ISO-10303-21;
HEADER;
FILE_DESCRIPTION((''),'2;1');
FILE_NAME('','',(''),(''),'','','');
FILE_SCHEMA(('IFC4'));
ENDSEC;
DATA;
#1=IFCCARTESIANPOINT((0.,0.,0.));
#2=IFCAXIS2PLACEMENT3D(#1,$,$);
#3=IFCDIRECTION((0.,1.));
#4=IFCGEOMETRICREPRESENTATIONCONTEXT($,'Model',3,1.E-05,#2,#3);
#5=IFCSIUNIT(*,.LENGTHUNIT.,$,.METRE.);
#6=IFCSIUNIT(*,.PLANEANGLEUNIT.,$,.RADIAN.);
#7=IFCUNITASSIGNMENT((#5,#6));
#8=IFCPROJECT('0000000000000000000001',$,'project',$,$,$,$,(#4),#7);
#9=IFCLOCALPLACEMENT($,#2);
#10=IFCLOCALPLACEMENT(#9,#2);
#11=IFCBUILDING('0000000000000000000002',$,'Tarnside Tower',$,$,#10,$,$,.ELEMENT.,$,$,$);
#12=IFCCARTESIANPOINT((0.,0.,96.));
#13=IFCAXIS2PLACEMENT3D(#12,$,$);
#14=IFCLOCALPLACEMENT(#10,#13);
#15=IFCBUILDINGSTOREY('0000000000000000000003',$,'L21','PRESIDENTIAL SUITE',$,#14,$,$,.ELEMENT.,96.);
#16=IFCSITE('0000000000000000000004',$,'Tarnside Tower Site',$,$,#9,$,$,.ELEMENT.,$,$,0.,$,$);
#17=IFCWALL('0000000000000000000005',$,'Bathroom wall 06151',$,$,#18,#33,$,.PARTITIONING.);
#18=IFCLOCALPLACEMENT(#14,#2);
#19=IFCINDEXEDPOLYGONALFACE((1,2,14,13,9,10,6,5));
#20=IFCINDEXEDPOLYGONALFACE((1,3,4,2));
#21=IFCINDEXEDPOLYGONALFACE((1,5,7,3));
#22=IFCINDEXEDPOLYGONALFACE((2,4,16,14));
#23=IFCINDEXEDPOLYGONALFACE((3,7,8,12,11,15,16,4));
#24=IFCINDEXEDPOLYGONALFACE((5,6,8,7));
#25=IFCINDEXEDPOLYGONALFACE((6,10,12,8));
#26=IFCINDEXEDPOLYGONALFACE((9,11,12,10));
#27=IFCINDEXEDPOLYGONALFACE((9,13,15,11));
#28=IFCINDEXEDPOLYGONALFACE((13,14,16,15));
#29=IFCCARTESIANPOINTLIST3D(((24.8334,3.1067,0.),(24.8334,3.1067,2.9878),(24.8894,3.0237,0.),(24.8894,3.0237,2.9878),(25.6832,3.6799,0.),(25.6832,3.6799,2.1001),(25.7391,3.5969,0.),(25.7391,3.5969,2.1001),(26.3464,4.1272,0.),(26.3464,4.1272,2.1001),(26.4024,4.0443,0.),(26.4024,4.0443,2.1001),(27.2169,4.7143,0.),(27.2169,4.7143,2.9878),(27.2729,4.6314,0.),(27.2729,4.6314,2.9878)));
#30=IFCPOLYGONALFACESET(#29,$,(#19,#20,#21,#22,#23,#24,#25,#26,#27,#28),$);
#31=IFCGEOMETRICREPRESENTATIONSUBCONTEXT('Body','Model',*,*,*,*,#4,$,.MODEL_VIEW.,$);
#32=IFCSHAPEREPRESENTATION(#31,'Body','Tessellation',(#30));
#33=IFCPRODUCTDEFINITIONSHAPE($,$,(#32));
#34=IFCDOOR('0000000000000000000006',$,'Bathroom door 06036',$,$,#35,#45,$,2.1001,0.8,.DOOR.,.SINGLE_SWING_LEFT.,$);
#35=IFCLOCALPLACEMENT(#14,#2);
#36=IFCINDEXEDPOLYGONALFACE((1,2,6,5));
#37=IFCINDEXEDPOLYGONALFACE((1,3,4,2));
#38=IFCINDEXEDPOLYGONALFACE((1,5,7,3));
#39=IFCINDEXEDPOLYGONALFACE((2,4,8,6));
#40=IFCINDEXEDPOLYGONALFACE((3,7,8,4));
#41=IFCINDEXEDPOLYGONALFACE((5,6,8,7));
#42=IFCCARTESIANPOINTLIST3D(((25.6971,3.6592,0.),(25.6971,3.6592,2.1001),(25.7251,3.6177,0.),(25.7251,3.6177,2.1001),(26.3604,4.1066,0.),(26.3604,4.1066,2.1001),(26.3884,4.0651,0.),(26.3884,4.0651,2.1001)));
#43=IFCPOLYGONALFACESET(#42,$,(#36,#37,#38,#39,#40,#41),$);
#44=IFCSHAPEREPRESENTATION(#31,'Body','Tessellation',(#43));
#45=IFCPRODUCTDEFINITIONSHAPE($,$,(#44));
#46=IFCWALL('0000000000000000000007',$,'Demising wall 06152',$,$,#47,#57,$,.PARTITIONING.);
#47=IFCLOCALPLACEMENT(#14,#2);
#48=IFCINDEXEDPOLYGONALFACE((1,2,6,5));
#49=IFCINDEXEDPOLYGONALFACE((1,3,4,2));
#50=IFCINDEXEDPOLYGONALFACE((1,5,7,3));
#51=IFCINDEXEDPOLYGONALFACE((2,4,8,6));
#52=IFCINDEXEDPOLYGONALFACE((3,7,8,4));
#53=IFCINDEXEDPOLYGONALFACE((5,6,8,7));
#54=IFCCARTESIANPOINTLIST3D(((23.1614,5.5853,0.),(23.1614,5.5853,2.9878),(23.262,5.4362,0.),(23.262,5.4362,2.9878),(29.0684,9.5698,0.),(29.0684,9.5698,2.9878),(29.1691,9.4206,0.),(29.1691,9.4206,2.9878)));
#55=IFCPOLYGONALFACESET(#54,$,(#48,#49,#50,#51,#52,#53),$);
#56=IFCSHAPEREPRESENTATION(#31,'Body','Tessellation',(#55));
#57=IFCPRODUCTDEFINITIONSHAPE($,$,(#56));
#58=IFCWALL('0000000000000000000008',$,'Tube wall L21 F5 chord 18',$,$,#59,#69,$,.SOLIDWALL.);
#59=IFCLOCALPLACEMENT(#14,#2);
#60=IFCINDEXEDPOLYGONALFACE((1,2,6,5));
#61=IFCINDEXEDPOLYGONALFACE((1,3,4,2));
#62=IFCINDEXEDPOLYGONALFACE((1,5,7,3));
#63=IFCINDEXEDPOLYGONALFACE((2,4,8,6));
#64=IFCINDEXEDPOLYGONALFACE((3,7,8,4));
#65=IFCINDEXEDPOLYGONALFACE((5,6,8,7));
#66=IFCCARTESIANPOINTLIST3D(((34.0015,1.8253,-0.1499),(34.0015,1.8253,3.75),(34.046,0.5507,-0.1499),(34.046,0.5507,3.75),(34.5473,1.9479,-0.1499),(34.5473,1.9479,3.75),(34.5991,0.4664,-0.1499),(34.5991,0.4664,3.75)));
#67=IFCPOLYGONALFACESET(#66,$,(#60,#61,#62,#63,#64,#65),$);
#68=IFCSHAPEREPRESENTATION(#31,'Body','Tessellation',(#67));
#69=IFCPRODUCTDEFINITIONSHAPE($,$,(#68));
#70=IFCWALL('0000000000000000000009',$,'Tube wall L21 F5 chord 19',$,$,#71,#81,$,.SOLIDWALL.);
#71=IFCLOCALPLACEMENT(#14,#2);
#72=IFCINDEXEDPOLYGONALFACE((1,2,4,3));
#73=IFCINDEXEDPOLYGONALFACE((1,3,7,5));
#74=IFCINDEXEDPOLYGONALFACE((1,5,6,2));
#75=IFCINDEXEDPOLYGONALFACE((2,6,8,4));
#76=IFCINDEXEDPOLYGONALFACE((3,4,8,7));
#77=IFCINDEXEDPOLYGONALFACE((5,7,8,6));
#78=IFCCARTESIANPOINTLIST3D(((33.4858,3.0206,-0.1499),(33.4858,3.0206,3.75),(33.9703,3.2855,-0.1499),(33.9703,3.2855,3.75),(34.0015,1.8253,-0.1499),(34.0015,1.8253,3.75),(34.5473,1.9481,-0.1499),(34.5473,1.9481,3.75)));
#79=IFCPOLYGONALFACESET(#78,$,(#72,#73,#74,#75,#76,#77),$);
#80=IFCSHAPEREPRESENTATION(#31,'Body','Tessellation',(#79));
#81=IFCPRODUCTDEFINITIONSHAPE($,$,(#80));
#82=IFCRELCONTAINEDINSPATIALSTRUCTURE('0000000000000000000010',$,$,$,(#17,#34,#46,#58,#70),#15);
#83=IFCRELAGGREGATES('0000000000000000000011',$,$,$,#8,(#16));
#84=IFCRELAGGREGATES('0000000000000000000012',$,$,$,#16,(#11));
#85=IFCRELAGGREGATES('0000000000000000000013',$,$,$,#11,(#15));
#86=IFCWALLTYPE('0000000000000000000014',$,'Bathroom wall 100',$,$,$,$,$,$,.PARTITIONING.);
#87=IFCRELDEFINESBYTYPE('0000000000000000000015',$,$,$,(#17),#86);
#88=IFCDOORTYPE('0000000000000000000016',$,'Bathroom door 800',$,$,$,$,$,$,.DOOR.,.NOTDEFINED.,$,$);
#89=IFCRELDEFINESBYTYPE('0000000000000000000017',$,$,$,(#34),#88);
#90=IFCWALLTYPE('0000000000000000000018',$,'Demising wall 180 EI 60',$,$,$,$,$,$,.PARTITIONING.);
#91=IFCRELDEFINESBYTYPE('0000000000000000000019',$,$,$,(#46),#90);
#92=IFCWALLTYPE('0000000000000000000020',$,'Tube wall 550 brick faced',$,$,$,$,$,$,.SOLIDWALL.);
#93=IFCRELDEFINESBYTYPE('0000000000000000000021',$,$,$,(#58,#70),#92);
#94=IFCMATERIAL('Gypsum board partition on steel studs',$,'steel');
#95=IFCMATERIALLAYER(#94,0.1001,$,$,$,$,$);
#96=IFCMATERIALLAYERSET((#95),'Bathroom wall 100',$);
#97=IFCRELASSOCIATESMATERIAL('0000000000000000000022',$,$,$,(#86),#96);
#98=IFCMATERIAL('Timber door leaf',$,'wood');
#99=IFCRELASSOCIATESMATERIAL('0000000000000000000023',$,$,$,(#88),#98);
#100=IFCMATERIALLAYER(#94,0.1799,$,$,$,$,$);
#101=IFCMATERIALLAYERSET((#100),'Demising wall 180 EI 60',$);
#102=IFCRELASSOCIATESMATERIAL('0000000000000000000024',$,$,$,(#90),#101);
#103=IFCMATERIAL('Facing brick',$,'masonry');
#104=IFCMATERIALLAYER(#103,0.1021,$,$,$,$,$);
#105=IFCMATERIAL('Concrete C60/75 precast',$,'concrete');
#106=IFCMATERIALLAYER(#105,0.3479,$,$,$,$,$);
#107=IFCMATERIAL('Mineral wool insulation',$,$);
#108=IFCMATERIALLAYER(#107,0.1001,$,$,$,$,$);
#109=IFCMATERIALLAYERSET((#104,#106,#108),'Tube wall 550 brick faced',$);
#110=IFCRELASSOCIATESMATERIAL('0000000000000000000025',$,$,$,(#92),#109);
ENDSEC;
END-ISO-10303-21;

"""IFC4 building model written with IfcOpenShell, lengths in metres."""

from ifc_helpers import new_model, si_unit, direction, frame, frame_2d, origin, place, context, subcontext, project, spatial, polyline, rectangle, outline, extrude, material, layer, layer_set, type_object, element, fill, save


model = new_model("IFC4")

# Units and contexts
model_context = context("Model", 3, precision=1e-05, world=origin(), true_north=direction((0.0, 1.0)))
body_context = subcontext(model_context, "Body", "Model", "MODEL_VIEW")
ifc_project = project(units=[si_unit("LENGTHUNIT", "METRE"), si_unit("PLANEANGLEUNIT", "RADIAN")], contexts=[model_context])

# Site, building, storey
site_placement = place(None, origin())
site = spatial("IfcSite", under=ifc_project, at=site_placement, Name="Tarnside Tower Site", CompositionType="ELEMENT", RefElevation=0.0)
building_placement = place(site_placement, origin())
building = spatial("IfcBuilding", under=site, at=building_placement, Name="Tarnside Tower", CompositionType="ELEMENT")
storey_placement = place(building_placement, frame((0.0, 0.0, 96.0)))
storey = spatial("IfcBuildingStorey", under=building, at=storey_placement, Name="L21", Description="PRESIDENTIAL SUITE", CompositionType="ELEMENT", Elevation=96.0)

# Wall, opening, door
ifc_material_1 = material(Name="Gypsum board partition on steel studs", Category="steel")
ifc_layer_1 = layer(ifc_material_1, 0.1001)
ifc_layer_set_1 = layer_set([ifc_layer_1], Name="Bathroom wall 100")
wall_type_1 = type_object("IfcWallType", Name="Bathroom wall 100", PredefinedType="PARTITIONING", material=ifc_layer_set_1)
wall_1_placement = place(storey_placement, frame((27.2449, 4.6729, 0.0), z_axis=(0.0, 0.0, 1.0), x_axis=(-0.829046, -0.55918, 0.0)))
wall_1 = element("IfcWall", 1, at=wall_1_placement, inside=storey, type_object=wall_type_1, Name="Bathroom wall 06151", PredefinedType="PARTITIONING", context=body_context, shape_type="SweptSolid", body=[
    extrude(rectangle(XDim=2.875, YDim=0.1001, at=frame_2d((1.4375, 0.0))), origin(), (0.0, 0.0, 1.0), 2.9878),
])
opening_1_placement = place(wall_1_placement, frame((1.05, 0.0, 0.0)))
opening_1 = element("IfcOpeningElement", 2, at=opening_1_placement, cuts=wall_1, PredefinedType="OPENING", context=body_context, shape_type="SweptSolid", body=[
    extrude(rectangle(XDim=0.8, YDim=2.1001, at=frame_2d((0.3999, 1.05))), frame((0.0, 0.0601, 0.0), z_axis=(0.0, -1.0, 0.0), x_axis=(1.0, 0.0, 0.0)), (0.0, 0.0, 1.0), 0.1201),
])
ifc_material_2 = material(Name="Timber door leaf", Category="wood")
door_type = type_object("IfcDoorType", Name="Bathroom door 800", OperationType="NOTDEFINED", PredefinedType="DOOR", material=ifc_material_2)
door_placement = place(opening_1_placement, origin())
door = element("IfcDoor", 3, at=door_placement, inside=storey, type_object=door_type, Name="Bathroom door 06036", OperationType="SINGLE_SWING_LEFT", OverallHeight=2.1001, OverallWidth=0.8, PredefinedType="DOOR", context=body_context, shape_type="SweptSolid", body=[
    extrude(rectangle(XDim=0.8, YDim=2.1001, at=frame_2d((0.3999, 1.05))), frame((0.0, 0.0249, 0.0), z_axis=(0.0, -1.0, 0.0), x_axis=(1.0, 0.0, 0.0)), (0.0, 0.0, 1.0), 0.05),
])
fill(opening_1, door)

# Walls
ifc_layer_2 = layer(ifc_material_1, 0.1799)
ifc_layer_set_2 = layer_set([ifc_layer_2], Name="Demising wall 180 EI 60")
wall_type_2 = type_object("IfcWallType", Name="Demising wall 180 EI 60", PredefinedType="PARTITIONING", material=ifc_layer_set_2)
wall_2_placement = place(storey_placement, frame((29.1187, 9.4951, 0.0), z_axis=(0.0, 0.0, 1.0), x_axis=(-0.829033, -0.559199, 0.0)))
element("IfcWall", 4, at=wall_2_placement, inside=storey, type_object=wall_type_2, Name="Demising wall 06152", PredefinedType="PARTITIONING", context=body_context, shape_type="SweptSolid", body=[
    extrude(rectangle(XDim=7.1252, YDim=0.1799, at=frame_2d((3.5625, 0.0))), origin(), (0.0, 0.0, 1.0), 2.9878),
])
ifc_material_3 = material(Name="Facing brick", Category="masonry")
ifc_layer_3 = layer(ifc_material_3, 0.1021)
ifc_material_4 = material(Name="Concrete C60/75 precast", Category="concrete")
ifc_layer_4 = layer(ifc_material_4, 0.3479)
ifc_material_5 = material(Name="Mineral wool insulation")
ifc_layer_5 = layer(ifc_material_5, 0.1001)
ifc_layer_set_3 = layer_set([ifc_layer_3, ifc_layer_4, ifc_layer_5], Name="Tube wall 550 brick faced")
wall_type_3 = type_object("IfcWallType", Name="Tube wall 550 brick faced", PredefinedType="SOLIDWALL", material=ifc_layer_set_3)
wall_3_placement = place(storey_placement, frame((34.3225, 0.5085, -0.1499), z_axis=(0.0, 0.0, 1.0), x_axis=(-0.034877, 0.999392, 0.0)))
element("IfcWall", 5, at=wall_3_placement, inside=storey, type_object=wall_type_3, Name="Tube wall L21 F5 chord 18", PredefinedType="SOLIDWALL", context=body_context, shape_type="SweptSolid", body=[
    extrude(outline(polyline([(-0.0518, -0.2749), (1.4307, -0.2749), (1.3271, 0.2749), (0.0518, 0.2749), (-0.0518, -0.2749)])), origin(), (0.0, 0.0, 1.0), 3.8999),
])
wall_4_placement = place(storey_placement, frame((34.2744, 1.8867, -0.1499), z_axis=(0.0, 0.0, 1.0), x_axis=(-0.396161, 0.918181, 0.0)))
element("IfcWall", 6, at=wall_4_placement, inside=storey, type_object=wall_type_3, Name="Tube wall L21 F5 chord 19", PredefinedType="SOLIDWALL", context=body_context, shape_type="SweptSolid", body=[
    extrude(outline(polyline([(-0.0518, -0.2749), (1.4048, -0.2749), (1.3535, 0.2749), (0.0518, 0.2749), (-0.0518, -0.2749)])), origin(), (0.0, 0.0, 1.0), 3.8999),
])

save(model, "model.ifc")
